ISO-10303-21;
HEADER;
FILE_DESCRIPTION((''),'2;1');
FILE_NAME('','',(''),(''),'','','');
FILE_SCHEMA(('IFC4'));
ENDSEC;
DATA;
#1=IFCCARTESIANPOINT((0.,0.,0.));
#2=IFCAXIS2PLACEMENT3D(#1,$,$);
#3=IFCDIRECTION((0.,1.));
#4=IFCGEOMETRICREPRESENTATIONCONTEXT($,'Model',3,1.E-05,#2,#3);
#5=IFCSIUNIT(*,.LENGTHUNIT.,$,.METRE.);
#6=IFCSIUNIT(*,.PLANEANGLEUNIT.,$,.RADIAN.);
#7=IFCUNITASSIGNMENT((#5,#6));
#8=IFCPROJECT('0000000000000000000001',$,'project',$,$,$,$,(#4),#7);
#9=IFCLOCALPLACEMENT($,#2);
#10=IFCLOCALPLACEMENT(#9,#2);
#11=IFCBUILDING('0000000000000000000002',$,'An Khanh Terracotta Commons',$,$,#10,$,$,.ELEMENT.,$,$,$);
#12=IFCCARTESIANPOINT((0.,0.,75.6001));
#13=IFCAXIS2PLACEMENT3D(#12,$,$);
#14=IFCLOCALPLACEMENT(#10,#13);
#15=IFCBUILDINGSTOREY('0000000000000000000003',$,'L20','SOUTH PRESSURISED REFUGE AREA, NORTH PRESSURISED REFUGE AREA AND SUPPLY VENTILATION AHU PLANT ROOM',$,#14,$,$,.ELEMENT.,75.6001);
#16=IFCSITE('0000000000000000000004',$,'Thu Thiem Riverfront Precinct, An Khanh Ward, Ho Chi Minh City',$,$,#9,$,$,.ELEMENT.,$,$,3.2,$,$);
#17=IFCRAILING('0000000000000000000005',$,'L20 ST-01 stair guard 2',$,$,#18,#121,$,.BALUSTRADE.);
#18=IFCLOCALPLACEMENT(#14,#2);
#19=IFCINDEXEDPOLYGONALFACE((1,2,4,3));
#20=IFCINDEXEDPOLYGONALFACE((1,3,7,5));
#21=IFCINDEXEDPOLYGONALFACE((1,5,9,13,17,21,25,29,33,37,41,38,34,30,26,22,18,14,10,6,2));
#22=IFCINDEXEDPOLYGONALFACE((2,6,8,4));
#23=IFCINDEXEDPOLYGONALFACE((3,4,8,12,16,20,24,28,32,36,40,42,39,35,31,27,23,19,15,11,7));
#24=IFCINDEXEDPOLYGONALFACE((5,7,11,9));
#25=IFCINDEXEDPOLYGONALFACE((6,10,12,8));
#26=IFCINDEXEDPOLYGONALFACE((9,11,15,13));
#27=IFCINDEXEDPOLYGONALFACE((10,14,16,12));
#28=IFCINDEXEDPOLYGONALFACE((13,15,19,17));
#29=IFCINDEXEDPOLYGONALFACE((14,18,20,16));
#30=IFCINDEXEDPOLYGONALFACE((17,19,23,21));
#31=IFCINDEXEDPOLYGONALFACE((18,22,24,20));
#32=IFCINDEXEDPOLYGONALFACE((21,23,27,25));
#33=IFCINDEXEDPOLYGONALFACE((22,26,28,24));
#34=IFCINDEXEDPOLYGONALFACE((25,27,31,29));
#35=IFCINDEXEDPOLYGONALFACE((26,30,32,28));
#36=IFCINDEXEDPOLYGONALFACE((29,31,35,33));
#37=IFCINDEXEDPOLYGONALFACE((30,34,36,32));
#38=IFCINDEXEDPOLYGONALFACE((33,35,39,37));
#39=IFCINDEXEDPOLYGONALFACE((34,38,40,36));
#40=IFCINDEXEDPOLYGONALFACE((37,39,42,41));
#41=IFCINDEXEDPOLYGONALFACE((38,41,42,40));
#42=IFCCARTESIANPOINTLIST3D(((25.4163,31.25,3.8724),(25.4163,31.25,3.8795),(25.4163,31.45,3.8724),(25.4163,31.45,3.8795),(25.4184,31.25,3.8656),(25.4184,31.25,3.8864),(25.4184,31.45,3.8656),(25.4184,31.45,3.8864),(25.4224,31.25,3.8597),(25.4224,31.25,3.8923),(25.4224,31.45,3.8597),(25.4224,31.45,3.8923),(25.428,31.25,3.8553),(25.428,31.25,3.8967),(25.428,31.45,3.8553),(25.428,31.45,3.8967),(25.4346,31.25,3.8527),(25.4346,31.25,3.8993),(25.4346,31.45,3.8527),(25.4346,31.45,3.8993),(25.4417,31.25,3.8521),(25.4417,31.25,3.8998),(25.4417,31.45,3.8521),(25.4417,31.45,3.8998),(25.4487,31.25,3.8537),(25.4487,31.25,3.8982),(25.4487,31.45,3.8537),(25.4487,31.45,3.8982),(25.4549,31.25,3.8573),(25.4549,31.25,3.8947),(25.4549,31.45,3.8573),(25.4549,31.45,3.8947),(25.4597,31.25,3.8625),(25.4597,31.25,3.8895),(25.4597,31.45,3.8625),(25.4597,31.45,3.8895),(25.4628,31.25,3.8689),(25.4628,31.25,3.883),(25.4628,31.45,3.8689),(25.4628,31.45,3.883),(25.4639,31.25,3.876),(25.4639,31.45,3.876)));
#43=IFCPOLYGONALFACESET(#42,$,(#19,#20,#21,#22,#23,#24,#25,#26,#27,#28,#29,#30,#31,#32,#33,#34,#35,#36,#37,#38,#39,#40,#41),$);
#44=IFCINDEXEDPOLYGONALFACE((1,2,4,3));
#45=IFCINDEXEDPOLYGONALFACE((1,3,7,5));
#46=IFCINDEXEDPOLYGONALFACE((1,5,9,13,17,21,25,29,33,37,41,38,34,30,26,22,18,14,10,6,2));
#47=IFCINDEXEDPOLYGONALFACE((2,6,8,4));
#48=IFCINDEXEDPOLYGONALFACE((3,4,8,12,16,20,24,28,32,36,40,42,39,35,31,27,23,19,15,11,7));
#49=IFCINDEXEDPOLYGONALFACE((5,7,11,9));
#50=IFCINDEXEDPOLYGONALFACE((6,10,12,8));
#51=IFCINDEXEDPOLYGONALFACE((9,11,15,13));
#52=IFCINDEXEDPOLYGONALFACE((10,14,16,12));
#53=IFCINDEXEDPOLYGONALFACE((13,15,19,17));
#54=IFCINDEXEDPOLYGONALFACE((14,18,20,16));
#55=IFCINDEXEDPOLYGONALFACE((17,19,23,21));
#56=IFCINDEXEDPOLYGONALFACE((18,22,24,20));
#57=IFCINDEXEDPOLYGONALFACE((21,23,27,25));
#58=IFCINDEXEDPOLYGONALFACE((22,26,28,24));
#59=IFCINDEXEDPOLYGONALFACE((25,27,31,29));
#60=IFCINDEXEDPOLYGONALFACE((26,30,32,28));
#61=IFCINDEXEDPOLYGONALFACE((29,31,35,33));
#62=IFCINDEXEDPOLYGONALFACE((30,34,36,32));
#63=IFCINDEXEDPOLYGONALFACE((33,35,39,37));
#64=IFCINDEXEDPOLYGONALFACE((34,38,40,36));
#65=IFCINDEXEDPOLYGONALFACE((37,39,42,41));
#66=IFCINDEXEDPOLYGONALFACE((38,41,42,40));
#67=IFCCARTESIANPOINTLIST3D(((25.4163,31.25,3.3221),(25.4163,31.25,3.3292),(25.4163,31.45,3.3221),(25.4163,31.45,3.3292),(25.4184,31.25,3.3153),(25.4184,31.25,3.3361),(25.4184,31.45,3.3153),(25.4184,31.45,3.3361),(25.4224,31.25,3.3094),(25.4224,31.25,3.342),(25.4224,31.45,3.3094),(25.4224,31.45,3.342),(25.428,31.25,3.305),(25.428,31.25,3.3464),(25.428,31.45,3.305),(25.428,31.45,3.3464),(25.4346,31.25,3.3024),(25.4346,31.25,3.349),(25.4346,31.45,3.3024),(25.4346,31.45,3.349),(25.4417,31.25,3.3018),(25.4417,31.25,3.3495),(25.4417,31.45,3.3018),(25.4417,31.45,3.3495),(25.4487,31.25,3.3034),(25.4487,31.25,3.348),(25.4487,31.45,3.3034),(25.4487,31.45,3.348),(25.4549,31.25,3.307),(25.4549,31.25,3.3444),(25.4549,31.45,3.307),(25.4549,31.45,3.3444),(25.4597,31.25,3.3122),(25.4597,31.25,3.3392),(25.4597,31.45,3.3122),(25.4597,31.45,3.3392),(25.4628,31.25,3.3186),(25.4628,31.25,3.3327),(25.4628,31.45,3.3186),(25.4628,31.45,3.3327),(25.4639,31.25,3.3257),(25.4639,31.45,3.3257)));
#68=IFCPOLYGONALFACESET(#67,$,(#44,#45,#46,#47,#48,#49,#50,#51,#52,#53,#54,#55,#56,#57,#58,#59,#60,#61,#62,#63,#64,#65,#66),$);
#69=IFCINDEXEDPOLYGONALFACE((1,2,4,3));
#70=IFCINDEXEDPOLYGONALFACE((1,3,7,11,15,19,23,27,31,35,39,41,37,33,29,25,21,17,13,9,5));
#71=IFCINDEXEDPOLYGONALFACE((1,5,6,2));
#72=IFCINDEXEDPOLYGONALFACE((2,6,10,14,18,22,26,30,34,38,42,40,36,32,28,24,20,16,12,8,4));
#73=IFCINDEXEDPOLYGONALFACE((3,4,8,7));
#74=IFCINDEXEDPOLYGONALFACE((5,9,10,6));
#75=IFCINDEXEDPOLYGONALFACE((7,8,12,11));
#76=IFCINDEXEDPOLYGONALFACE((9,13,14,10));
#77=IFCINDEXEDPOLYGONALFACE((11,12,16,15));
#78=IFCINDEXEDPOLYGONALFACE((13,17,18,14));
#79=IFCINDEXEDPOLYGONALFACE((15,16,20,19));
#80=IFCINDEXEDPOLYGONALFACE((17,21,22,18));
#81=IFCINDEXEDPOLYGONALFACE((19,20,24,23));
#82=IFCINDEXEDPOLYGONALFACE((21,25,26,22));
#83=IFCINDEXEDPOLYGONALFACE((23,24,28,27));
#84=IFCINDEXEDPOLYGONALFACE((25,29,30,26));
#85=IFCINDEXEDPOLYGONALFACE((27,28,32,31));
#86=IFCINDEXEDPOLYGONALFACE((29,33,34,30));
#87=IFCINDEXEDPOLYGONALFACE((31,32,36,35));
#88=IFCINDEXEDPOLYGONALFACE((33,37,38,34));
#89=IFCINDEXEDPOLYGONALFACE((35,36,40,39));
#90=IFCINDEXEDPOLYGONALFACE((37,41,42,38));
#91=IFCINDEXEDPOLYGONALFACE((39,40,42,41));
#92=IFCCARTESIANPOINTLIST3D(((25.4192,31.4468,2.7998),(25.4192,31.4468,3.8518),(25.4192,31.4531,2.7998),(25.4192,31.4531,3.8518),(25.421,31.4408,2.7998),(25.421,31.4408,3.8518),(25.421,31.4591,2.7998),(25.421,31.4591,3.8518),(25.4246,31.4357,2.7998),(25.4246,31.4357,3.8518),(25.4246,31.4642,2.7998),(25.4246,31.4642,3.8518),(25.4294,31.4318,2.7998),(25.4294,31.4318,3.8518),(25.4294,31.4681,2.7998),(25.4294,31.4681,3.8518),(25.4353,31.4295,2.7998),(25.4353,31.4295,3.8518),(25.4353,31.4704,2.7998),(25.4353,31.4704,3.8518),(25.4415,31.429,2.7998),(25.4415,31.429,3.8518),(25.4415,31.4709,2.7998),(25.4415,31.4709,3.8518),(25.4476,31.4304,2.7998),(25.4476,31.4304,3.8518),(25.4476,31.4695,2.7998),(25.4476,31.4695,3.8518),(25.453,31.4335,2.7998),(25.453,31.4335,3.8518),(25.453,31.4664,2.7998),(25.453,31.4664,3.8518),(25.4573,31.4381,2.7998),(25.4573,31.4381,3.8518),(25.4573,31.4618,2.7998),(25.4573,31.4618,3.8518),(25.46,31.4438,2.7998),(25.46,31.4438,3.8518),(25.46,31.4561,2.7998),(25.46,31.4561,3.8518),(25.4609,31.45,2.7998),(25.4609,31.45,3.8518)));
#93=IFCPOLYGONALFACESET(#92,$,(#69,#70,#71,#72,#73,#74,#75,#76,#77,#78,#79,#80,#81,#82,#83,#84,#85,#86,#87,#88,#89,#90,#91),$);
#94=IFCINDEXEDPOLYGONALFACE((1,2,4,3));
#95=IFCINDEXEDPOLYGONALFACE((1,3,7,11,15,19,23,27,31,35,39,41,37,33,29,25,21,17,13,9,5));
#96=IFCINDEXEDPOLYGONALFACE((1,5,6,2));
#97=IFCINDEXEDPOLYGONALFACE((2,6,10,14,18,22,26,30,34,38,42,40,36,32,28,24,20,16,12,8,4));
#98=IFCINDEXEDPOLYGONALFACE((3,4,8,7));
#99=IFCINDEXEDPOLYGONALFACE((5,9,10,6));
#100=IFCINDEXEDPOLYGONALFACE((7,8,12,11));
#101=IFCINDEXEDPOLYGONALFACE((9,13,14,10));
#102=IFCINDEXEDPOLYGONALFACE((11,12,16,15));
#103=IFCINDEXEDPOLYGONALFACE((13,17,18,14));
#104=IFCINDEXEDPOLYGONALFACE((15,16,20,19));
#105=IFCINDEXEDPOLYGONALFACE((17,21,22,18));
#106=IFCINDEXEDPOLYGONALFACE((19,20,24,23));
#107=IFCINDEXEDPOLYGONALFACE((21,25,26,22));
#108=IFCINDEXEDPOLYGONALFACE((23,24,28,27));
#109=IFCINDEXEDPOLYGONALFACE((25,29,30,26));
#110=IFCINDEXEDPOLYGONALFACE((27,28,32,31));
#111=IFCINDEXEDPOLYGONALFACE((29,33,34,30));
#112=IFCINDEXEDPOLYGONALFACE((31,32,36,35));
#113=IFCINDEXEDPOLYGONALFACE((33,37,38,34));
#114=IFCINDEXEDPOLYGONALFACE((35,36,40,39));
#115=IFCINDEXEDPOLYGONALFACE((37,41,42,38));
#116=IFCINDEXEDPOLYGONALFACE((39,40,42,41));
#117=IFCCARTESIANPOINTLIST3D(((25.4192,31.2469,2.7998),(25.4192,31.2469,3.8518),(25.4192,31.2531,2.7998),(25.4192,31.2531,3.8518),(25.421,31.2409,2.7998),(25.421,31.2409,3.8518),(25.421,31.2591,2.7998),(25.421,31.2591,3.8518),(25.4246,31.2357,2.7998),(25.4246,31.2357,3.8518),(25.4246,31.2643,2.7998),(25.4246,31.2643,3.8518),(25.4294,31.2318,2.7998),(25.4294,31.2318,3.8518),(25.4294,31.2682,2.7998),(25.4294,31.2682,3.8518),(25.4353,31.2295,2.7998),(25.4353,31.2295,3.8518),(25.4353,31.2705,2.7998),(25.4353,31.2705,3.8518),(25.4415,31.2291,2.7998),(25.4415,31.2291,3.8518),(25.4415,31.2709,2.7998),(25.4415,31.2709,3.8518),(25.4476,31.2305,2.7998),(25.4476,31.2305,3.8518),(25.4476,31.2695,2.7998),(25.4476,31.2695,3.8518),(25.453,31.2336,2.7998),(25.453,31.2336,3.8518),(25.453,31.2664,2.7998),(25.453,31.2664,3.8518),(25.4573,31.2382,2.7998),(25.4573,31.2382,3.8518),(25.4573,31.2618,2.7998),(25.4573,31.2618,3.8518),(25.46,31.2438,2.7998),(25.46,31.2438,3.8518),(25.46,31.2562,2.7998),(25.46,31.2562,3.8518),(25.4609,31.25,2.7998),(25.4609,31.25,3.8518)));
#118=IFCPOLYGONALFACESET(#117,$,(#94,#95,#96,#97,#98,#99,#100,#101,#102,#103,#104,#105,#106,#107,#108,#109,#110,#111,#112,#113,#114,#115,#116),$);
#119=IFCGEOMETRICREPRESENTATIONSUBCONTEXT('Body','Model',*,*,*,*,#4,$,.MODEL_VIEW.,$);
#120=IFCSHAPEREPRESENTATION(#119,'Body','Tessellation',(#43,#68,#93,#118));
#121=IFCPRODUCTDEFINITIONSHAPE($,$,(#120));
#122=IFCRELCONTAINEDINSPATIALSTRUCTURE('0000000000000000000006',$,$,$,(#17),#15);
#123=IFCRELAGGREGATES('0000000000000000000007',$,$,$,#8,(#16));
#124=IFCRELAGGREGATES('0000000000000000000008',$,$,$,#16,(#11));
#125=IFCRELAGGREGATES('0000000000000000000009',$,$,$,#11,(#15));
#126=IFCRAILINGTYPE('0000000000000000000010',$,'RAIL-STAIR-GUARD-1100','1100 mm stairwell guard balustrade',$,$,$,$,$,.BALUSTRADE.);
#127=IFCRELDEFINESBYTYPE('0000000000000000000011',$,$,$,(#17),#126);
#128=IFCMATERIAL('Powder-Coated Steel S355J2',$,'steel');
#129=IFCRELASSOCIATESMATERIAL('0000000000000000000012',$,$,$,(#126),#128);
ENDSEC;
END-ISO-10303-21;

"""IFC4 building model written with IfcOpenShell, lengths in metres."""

from ifc_helpers import new_model, si_unit, direction, frame, origin, origin_2d, place, context, subcontext, project, spatial, circle, extrude, material, type_object, element, save


model = new_model("IFC4")

# Units and contexts
model_context = context("Model", 3, precision=1e-05, world=origin(), true_north=direction((0.0, 1.0)))
body_context = subcontext(model_context, "Body", "Model", "MODEL_VIEW")
ifc_project = project(units=[si_unit("LENGTHUNIT", "METRE"), si_unit("PLANEANGLEUNIT", "RADIAN")], contexts=[model_context])

# Site, building, storey
site_placement = place(None, origin())
site = spatial("IfcSite", under=ifc_project, at=site_placement, Name="Thu Thiem Riverfront Precinct, An Khanh Ward, Ho Chi Minh City", CompositionType="ELEMENT", RefElevation=3.2)
building_placement = place(site_placement, origin())
building = spatial("IfcBuilding", under=site, at=building_placement, Name="An Khanh Terracotta Commons", CompositionType="ELEMENT")
storey_placement = place(building_placement, frame((0.0, 0.0, 75.6001)))
storey = spatial("IfcBuildingStorey", under=building, at=storey_placement, Name="L20", Description="SOUTH PRESSURISED REFUGE AREA, NORTH PRESSURISED REFUGE AREA AND SUPPLY VENTILATION AHU PLANT ROOM", CompositionType="ELEMENT", Elevation=75.6001)

# Railing
ifc_material_1 = material(Name="Powder-Coated Steel S355J2", Category="steel")
railing_type_1 = type_object("IfcRailingType", Name="RAIL-STAIR-GUARD-1100", Description="1100 mm stairwell guard balustrade", PredefinedType="BALUSTRADE", material=ifc_material_1)
railing_1_placement = place(storey_placement, frame((25.4399, 31.45, 2.7998)))
element("IfcRailing", 1, at=railing_1_placement, inside=storey, type_object=railing_type_1, Name="L20 ST-01 stair guard 2", PredefinedType="BALUSTRADE", context=body_context, shape_type="SweptSolid", body=[
    extrude(circle(Radius=0.0239, at=origin_2d()), frame((0.0, 0.0, 1.0762), z_axis=(0.0, -1.0, 0.0), x_axis=(1.0, 0.0, 0.0)), (0.0, 0.0, 1.0), 0.2),
    extrude(circle(Radius=0.0239, at=origin_2d()), frame((0.0, 0.0, 0.5259), z_axis=(0.0, -1.0, 0.0), x_axis=(1.0, 0.0, 0.0)), (0.0, 0.0, 1.0), 0.2),
    extrude(circle(Radius=0.021, at=origin_2d()), origin(), (0.0, 0.0, 1.0), 1.052),
    extrude(circle(Radius=0.021, at=origin_2d()), frame((0.0, -0.2, 0.0)), (0.0, 0.0, 1.0), 1.052),
])

save(model, "model.ifc")
